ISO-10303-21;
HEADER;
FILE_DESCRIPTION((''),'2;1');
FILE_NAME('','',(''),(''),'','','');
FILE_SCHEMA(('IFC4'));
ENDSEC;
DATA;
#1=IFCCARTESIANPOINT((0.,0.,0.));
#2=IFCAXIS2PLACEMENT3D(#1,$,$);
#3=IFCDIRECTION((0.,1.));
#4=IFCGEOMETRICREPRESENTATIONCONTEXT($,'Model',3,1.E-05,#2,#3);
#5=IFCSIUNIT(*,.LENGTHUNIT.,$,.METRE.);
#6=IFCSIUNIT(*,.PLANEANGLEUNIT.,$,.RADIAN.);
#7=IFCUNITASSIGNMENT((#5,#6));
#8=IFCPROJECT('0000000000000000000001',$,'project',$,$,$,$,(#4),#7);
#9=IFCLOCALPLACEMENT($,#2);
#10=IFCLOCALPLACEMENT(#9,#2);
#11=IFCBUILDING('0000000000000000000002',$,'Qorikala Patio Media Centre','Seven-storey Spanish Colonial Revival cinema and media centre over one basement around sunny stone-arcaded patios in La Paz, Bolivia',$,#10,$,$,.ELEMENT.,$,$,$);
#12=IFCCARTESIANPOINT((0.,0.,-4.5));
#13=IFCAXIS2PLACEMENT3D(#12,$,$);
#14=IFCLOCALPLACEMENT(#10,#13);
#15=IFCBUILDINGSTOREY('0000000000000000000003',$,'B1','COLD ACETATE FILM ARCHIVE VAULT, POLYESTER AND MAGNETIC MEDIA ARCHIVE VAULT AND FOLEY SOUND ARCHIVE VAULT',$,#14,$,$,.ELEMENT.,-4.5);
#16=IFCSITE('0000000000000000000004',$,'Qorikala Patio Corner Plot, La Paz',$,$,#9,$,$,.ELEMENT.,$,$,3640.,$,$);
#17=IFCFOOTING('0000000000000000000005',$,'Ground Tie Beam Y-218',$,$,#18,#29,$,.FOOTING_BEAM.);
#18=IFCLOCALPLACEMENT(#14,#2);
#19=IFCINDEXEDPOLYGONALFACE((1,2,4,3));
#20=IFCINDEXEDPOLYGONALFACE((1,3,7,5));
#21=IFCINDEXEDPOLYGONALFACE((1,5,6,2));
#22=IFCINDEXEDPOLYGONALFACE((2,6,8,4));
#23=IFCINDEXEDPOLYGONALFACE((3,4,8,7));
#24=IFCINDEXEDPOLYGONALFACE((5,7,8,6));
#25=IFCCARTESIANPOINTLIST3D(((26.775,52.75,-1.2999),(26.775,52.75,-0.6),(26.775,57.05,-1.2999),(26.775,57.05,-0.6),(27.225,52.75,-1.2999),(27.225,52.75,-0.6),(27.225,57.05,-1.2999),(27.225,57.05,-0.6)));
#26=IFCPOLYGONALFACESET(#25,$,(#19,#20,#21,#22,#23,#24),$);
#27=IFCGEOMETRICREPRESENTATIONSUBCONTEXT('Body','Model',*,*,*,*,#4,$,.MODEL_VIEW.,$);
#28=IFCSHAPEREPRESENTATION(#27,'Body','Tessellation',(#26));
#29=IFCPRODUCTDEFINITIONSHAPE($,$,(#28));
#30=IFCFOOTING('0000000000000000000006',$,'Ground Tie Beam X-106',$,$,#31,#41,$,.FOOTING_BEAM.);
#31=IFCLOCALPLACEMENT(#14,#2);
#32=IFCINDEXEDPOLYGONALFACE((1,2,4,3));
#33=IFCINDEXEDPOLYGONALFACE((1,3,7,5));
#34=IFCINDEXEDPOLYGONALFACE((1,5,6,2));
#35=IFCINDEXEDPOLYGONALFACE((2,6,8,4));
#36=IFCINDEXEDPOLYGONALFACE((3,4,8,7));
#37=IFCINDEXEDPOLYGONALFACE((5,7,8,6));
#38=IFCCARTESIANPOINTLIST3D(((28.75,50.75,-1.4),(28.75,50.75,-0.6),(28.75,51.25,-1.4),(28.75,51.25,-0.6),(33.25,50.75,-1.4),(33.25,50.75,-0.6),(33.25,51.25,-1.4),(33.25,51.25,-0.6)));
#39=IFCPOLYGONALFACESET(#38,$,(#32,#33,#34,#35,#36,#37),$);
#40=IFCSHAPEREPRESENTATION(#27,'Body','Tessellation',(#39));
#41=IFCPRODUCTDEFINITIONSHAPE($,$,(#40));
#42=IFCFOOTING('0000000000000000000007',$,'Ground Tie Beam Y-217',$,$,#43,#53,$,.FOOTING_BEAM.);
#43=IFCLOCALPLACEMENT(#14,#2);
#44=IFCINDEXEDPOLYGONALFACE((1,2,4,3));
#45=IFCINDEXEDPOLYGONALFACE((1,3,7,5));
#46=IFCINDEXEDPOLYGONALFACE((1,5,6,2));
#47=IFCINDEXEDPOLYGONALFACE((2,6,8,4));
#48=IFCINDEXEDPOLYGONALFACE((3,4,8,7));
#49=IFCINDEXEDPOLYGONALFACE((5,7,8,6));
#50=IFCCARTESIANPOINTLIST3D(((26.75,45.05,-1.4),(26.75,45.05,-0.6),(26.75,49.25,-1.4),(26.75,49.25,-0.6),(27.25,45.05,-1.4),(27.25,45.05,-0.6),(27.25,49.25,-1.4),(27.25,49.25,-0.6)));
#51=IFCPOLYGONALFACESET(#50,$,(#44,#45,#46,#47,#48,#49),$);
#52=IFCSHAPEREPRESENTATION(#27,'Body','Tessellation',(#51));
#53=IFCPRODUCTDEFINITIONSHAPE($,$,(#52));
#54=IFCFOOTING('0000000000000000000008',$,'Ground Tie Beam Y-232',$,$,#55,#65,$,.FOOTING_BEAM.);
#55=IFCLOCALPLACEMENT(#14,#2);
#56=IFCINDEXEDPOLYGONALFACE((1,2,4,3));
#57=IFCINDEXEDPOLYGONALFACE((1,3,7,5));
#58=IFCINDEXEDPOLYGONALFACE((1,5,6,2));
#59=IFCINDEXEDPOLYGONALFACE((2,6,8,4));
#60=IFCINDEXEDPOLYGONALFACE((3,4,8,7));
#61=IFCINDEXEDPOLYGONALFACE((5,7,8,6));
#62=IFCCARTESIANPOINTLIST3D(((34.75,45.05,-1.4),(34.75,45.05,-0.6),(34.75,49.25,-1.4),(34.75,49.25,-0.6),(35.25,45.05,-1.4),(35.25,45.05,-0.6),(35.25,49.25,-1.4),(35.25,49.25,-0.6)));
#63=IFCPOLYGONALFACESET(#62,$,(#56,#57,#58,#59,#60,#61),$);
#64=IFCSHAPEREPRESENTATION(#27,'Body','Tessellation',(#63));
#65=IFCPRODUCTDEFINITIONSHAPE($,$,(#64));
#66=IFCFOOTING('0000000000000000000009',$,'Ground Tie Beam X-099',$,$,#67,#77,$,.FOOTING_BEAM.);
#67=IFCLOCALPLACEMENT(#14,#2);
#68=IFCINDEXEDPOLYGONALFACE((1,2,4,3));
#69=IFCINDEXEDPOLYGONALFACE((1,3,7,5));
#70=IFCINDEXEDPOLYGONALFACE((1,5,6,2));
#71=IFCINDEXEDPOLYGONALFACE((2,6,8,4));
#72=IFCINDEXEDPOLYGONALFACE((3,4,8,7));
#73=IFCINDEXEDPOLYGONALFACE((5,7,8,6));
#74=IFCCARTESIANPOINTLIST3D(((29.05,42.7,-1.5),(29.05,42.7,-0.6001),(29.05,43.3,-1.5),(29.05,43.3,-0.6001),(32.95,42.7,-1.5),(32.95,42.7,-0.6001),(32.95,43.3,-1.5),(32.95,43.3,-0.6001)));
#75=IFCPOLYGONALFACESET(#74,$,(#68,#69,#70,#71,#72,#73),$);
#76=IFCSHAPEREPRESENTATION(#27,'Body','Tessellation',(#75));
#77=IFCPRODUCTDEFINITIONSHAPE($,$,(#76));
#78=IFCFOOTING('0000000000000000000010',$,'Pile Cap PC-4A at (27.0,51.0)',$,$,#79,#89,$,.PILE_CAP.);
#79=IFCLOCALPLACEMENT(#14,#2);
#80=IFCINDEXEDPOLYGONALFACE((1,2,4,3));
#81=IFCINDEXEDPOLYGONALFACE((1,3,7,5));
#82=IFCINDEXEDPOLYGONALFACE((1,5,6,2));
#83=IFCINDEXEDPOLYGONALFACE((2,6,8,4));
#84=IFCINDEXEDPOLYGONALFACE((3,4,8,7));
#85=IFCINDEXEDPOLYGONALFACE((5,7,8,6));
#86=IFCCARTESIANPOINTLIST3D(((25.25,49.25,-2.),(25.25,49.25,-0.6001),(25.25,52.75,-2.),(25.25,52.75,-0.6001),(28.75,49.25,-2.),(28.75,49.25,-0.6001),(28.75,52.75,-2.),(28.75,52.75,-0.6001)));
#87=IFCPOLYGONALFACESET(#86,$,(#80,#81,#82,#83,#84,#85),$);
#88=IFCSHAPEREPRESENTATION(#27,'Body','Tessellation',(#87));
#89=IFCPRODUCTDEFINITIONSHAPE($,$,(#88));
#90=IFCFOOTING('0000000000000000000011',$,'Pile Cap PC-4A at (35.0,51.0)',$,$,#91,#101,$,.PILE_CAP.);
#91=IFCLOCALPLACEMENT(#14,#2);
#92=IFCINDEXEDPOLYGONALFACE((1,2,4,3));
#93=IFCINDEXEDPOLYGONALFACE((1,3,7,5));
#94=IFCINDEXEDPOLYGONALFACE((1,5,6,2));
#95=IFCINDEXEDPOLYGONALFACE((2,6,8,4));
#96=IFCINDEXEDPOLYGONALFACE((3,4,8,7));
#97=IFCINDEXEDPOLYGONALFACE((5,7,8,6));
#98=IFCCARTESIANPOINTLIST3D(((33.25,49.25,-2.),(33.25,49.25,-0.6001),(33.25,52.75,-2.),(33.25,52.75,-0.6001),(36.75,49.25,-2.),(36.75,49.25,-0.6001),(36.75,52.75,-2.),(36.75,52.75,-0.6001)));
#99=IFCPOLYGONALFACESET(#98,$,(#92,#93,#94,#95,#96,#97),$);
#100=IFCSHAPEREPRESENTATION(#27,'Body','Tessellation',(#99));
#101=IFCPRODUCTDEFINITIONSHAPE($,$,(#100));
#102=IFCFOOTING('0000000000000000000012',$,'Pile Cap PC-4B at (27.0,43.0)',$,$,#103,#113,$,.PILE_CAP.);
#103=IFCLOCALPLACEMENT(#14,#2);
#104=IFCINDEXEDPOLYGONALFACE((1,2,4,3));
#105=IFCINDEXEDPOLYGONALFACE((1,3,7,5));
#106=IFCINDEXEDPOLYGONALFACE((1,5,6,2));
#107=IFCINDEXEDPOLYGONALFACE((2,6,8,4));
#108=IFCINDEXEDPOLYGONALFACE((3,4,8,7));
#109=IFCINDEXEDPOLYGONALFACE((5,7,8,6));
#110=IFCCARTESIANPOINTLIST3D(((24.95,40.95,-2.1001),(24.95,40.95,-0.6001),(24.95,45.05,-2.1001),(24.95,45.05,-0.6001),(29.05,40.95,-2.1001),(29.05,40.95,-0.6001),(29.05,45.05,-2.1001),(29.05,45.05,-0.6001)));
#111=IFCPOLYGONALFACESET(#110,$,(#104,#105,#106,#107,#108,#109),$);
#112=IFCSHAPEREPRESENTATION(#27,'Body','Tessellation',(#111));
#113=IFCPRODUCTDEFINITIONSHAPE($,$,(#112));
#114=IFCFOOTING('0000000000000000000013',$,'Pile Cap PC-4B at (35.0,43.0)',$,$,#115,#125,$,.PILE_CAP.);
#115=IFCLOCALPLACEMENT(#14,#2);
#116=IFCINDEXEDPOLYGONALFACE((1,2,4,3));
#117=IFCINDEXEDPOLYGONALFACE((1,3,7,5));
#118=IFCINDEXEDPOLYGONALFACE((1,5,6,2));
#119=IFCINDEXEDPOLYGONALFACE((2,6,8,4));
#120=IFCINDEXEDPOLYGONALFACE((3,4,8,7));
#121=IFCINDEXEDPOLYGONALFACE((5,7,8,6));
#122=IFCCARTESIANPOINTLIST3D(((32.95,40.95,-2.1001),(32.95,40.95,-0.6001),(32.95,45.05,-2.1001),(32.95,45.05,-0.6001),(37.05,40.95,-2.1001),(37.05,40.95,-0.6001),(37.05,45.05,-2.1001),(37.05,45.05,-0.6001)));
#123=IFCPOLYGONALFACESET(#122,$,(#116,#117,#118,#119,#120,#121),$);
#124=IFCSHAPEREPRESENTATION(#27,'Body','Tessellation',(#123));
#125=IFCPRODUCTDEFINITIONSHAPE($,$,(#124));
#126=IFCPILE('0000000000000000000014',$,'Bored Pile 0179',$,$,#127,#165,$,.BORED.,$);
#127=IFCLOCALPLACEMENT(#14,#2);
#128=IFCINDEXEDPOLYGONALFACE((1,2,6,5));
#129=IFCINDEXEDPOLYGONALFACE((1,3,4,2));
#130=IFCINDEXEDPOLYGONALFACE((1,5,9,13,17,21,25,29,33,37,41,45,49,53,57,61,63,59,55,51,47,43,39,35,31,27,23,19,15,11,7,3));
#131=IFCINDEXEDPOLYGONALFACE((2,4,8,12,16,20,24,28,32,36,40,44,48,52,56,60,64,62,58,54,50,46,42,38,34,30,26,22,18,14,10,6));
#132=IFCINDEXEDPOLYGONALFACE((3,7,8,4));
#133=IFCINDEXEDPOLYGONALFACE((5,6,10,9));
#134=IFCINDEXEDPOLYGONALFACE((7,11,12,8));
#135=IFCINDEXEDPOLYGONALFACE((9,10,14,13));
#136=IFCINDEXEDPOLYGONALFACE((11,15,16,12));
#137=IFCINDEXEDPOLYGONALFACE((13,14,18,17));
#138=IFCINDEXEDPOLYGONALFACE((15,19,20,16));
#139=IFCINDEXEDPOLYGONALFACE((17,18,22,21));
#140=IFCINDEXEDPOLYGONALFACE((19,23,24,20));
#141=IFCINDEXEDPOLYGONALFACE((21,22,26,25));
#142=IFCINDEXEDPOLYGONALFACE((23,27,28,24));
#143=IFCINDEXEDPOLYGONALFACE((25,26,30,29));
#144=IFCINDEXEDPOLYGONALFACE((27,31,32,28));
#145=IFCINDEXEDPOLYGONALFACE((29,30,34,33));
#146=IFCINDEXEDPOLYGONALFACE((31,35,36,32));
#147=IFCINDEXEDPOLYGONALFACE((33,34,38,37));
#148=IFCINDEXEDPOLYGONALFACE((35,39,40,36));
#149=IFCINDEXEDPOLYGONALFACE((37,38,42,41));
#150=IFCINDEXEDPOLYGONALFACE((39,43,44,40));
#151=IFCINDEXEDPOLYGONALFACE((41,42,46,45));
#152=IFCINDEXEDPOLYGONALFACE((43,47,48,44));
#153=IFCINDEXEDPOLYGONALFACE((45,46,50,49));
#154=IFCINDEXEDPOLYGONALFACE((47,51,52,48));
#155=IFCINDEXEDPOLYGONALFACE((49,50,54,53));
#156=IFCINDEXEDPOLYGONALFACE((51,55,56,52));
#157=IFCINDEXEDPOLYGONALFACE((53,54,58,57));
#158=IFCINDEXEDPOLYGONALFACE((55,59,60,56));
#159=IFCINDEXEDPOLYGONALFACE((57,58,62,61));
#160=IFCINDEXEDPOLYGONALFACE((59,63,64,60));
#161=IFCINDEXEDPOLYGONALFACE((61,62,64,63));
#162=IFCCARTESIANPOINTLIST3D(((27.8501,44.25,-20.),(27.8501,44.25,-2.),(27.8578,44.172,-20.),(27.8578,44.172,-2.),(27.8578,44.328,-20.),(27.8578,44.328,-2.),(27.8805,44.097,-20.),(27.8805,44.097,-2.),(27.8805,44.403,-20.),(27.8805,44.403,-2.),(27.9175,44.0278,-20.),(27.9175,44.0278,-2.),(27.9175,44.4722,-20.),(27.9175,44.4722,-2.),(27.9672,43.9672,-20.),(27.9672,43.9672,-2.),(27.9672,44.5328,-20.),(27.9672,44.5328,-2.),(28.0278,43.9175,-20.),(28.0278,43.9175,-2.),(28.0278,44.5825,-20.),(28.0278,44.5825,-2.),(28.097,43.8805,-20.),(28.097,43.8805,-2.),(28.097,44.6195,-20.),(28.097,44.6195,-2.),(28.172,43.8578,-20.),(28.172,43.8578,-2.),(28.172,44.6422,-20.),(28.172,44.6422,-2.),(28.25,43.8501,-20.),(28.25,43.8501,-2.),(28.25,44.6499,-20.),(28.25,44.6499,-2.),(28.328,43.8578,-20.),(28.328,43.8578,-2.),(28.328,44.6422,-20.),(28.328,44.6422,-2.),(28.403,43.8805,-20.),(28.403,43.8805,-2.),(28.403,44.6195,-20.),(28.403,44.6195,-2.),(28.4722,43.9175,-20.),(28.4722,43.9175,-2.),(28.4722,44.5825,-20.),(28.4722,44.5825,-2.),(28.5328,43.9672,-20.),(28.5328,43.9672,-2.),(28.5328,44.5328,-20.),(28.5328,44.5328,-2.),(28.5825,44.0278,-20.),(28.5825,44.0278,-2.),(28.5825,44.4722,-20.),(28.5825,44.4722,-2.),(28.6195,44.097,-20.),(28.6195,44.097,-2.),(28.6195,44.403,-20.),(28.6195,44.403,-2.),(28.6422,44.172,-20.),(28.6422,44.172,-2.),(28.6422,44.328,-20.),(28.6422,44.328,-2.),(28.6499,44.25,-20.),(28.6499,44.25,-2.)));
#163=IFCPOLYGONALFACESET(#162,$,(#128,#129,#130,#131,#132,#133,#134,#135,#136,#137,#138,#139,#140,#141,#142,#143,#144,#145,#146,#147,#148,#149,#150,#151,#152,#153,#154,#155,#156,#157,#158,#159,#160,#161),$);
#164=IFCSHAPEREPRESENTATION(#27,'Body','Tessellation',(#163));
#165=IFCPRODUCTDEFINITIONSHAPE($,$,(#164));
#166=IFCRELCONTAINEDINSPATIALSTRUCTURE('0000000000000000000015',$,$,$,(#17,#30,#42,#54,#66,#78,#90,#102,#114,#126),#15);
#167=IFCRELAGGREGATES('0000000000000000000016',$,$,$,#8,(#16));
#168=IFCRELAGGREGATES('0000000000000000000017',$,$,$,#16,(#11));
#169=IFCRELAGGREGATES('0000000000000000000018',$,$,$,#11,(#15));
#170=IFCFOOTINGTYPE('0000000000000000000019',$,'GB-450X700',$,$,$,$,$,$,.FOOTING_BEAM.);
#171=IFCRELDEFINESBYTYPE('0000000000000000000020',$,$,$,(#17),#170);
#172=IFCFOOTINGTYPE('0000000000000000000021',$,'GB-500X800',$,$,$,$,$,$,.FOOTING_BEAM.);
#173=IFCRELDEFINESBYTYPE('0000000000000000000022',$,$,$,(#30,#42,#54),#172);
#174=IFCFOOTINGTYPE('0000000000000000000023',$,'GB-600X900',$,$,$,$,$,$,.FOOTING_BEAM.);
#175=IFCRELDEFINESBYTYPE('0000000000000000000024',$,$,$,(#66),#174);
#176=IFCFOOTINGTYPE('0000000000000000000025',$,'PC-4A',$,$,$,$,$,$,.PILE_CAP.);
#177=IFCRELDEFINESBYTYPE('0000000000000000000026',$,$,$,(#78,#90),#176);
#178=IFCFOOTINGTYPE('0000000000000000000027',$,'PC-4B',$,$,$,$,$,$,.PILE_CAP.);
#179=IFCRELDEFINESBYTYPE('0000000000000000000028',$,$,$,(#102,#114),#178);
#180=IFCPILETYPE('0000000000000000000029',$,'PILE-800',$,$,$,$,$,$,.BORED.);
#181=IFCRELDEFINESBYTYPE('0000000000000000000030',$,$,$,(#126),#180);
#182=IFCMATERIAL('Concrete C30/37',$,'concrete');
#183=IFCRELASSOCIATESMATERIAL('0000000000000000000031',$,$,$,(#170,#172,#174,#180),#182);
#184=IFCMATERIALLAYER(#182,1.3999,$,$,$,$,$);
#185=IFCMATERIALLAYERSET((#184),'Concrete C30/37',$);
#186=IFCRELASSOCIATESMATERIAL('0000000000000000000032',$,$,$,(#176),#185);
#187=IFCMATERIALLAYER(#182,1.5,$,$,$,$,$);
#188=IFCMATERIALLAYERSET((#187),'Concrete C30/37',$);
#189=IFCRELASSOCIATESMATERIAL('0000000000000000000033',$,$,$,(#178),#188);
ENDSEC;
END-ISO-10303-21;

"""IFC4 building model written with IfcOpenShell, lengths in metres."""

from ifc_helpers import new_model, si_unit, direction, frame, origin, origin_2d, place, context, subcontext, project, spatial, rectangle, circle, extrude, material, layer, layer_set, material_profile, profile_set, type_object, element, save


model = new_model("IFC4")

# Units and contexts
model_context = context("Model", 3, precision=1e-05, world=origin(), true_north=direction((0.0, 1.0)))
body_context = subcontext(model_context, "Body", "Model", "MODEL_VIEW")
ifc_project = project(units=[si_unit("LENGTHUNIT", "METRE"), si_unit("PLANEANGLEUNIT", "RADIAN")], contexts=[model_context])

# Site, building, storey
site_placement = place(None, origin())
site = spatial("IfcSite", under=ifc_project, at=site_placement, Name="Qorikala Patio Corner Plot, La Paz", CompositionType="ELEMENT", RefElevation=3640.0)
building_placement = place(site_placement, origin())
building = spatial("IfcBuilding", under=site, at=building_placement, Name="Qorikala Patio Media Centre", Description="Seven-storey Spanish Colonial Revival cinema and media centre over one basement around sunny stone-arcaded patios in La Paz, Bolivia", CompositionType="ELEMENT")
storey_placement = place(building_placement, frame((0.0, 0.0, -4.5)))
storey = spatial("IfcBuildingStorey", under=building, at=storey_placement, Name="B1", Description="COLD ACETATE FILM ARCHIVE VAULT, POLYESTER AND MAGNETIC MEDIA ARCHIVE VAULT AND FOLEY SOUND ARCHIVE VAULT", CompositionType="ELEMENT", Elevation=-4.5)

# Footings
ifc_material_1 = material(Name="Concrete C30/37", Category="concrete")
ifc_material_profile_1 = material_profile(ifc_material_1, rectangle(XDim=0.45, YDim=0.7, at=origin_2d()), Name="RC 450x700")
ifc_profile_set_1 = profile_set([ifc_material_profile_1], Name="Concrete C30/37")
footing_type_1 = type_object("IfcFootingType", Name="GB-450X700", PredefinedType="FOOTING_BEAM", material=ifc_profile_set_1)
footing_1_placement = place(storey_placement, frame((27.0, 52.75, -0.95), z_axis=(0.0, 1.0, 0.0), x_axis=(-1.0, 0.0, 0.0)))
element("IfcFooting", 1, at=footing_1_placement, inside=storey, type_object=footing_type_1, Name="Ground Tie Beam Y-218", PredefinedType="FOOTING_BEAM", context=body_context, shape_type="SweptSolid", body=[
    extrude(rectangle(XDim=0.45, YDim=0.7, at=origin_2d()), origin(), (0.0, 0.0, 1.0), 4.3),
])
ifc_material_profile_2 = material_profile(ifc_material_1, rectangle(XDim=0.5, YDim=0.8, at=origin_2d()), Name="RC 500x800")
ifc_profile_set_2 = profile_set([ifc_material_profile_2], Name="Concrete C30/37")
footing_type_2 = type_object("IfcFootingType", Name="GB-500X800", PredefinedType="FOOTING_BEAM", material=ifc_profile_set_2)
footing_2_placement = place(storey_placement, frame((28.75, 51.0, -1.0), z_axis=(1.0, 0.0, 0.0), x_axis=(0.0, 1.0, 0.0)))
element("IfcFooting", 2, at=footing_2_placement, inside=storey, type_object=footing_type_2, Name="Ground Tie Beam X-106", PredefinedType="FOOTING_BEAM", context=body_context, shape_type="SweptSolid", body=[
    extrude(rectangle(XDim=0.5, YDim=0.8, at=origin_2d()), origin(), (0.0, 0.0, 1.0), 4.5),
])
for number, where, z_axis, x_axis, name in (
    (3, (27.0, 45.05, -1.0), (0.0, 1.0, 0.0), (-1.0, 0.0, 0.0), "Ground Tie Beam Y-217"),
    (4, (35.0, 45.05, -1.0), (0.0, 1.0, 0.0), (-1.0, 0.0, 0.0), "Ground Tie Beam Y-232"),
):
    element("IfcFooting", number, at=place(storey_placement, frame(where, z_axis=z_axis, x_axis=x_axis)), inside=storey, type_object=footing_type_2, Name=name, PredefinedType="FOOTING_BEAM", context=body_context, shape_type="SweptSolid", body=[
        extrude(rectangle(XDim=0.5, YDim=0.8, at=origin_2d()), origin(), (0.0, 0.0, 1.0), 4.2),
    ])
ifc_material_profile_3 = material_profile(ifc_material_1, rectangle(XDim=0.6001, YDim=0.8999, at=origin_2d()), Name="RC 600x900")
ifc_profile_set_3 = profile_set([ifc_material_profile_3], Name="Concrete C30/37")
footing_type_3 = type_object("IfcFootingType", Name="GB-600X900", PredefinedType="FOOTING_BEAM", material=ifc_profile_set_3)
footing_3_placement = place(storey_placement, frame((29.05, 43.0, -1.05), z_axis=(1.0, 0.0, 0.0), x_axis=(0.0, 1.0, 0.0)))
element("IfcFooting", 5, at=footing_3_placement, inside=storey, type_object=footing_type_3, Name="Ground Tie Beam X-099", PredefinedType="FOOTING_BEAM", context=body_context, shape_type="SweptSolid", body=[
    extrude(rectangle(XDim=0.6001, YDim=0.8999, at=origin_2d()), origin(), (0.0, 0.0, 1.0), 3.8999),
])
ifc_layer_1 = layer(ifc_material_1, 1.3999)
ifc_layer_set_1 = layer_set([ifc_layer_1], Name="Concrete C30/37")
footing_type_4 = type_object("IfcFootingType", Name="PC-4A", PredefinedType="PILE_CAP", material=ifc_layer_set_1)
for number, where, z_axis, x_axis, name in (
    (6, (27.0, 51.0, -2.0), (0.0, 0.0, 1.0), (1.0, 0.0, 0.0), "Pile Cap PC-4A at (27.0,51.0)"),
    (7, (35.0, 51.0, -2.0), (0.0, 0.0, 1.0), (1.0, 0.0, 0.0), "Pile Cap PC-4A at (35.0,51.0)"),
):
    element("IfcFooting", number, at=place(storey_placement, frame(where, z_axis=z_axis, x_axis=x_axis)), inside=storey, type_object=footing_type_4, Name=name, PredefinedType="PILE_CAP", context=body_context, shape_type="SweptSolid", body=[
        extrude(rectangle(XDim=3.5, YDim=3.5, at=origin_2d()), origin(), (0.0, 0.0, 1.0), 1.3999),
    ])
ifc_layer_2 = layer(ifc_material_1, 1.5)
ifc_layer_set_2 = layer_set([ifc_layer_2], Name="Concrete C30/37")
footing_type_5 = type_object("IfcFootingType", Name="PC-4B", PredefinedType="PILE_CAP", material=ifc_layer_set_2)
for number, where, z_axis, x_axis, name in (
    (8, (27.0, 43.0, -2.1001), (0.0, 0.0, 1.0), (1.0, 0.0, 0.0), "Pile Cap PC-4B at (27.0,43.0)"),
    (9, (35.0, 43.0, -2.1001), (0.0, 0.0, 1.0), (1.0, 0.0, 0.0), "Pile Cap PC-4B at (35.0,43.0)"),
):
    element("IfcFooting", number, at=place(storey_placement, frame(where, z_axis=z_axis, x_axis=x_axis)), inside=storey, type_object=footing_type_5, Name=name, PredefinedType="PILE_CAP", context=body_context, shape_type="SweptSolid", body=[
        extrude(rectangle(XDim=4.1001, YDim=4.1001, at=origin_2d()), origin(), (0.0, 0.0, 1.0), 1.5),
    ])

# Pile
ifc_material_profile_4 = material_profile(ifc_material_1, circle(Radius=0.3999, at=origin_2d()), Name="BORED PILE 800")
ifc_profile_set_4 = profile_set([ifc_material_profile_4], Name="Concrete C30/37")
pile_type = type_object("IfcPileType", Name="PILE-800", PredefinedType="BORED", material=ifc_profile_set_4)
for number, where, z_axis, x_axis, name in (
    (10, (28.25, 44.25, -2.0), (0.0, 0.0, -1.0), (1.0, 0.0, 0.0), "Bored Pile 0179"),
):
    element("IfcPile", number, at=place(storey_placement, frame(where, z_axis=z_axis, x_axis=x_axis)), inside=storey, type_object=pile_type, Name=name, PredefinedType="BORED", context=body_context, shape_type="SweptSolid", body=[
        extrude(circle(Radius=0.3999, at=origin_2d()), origin(), (0.0, 0.0, 1.0), 18.0),
    ])

save(model, "model.ifc")
